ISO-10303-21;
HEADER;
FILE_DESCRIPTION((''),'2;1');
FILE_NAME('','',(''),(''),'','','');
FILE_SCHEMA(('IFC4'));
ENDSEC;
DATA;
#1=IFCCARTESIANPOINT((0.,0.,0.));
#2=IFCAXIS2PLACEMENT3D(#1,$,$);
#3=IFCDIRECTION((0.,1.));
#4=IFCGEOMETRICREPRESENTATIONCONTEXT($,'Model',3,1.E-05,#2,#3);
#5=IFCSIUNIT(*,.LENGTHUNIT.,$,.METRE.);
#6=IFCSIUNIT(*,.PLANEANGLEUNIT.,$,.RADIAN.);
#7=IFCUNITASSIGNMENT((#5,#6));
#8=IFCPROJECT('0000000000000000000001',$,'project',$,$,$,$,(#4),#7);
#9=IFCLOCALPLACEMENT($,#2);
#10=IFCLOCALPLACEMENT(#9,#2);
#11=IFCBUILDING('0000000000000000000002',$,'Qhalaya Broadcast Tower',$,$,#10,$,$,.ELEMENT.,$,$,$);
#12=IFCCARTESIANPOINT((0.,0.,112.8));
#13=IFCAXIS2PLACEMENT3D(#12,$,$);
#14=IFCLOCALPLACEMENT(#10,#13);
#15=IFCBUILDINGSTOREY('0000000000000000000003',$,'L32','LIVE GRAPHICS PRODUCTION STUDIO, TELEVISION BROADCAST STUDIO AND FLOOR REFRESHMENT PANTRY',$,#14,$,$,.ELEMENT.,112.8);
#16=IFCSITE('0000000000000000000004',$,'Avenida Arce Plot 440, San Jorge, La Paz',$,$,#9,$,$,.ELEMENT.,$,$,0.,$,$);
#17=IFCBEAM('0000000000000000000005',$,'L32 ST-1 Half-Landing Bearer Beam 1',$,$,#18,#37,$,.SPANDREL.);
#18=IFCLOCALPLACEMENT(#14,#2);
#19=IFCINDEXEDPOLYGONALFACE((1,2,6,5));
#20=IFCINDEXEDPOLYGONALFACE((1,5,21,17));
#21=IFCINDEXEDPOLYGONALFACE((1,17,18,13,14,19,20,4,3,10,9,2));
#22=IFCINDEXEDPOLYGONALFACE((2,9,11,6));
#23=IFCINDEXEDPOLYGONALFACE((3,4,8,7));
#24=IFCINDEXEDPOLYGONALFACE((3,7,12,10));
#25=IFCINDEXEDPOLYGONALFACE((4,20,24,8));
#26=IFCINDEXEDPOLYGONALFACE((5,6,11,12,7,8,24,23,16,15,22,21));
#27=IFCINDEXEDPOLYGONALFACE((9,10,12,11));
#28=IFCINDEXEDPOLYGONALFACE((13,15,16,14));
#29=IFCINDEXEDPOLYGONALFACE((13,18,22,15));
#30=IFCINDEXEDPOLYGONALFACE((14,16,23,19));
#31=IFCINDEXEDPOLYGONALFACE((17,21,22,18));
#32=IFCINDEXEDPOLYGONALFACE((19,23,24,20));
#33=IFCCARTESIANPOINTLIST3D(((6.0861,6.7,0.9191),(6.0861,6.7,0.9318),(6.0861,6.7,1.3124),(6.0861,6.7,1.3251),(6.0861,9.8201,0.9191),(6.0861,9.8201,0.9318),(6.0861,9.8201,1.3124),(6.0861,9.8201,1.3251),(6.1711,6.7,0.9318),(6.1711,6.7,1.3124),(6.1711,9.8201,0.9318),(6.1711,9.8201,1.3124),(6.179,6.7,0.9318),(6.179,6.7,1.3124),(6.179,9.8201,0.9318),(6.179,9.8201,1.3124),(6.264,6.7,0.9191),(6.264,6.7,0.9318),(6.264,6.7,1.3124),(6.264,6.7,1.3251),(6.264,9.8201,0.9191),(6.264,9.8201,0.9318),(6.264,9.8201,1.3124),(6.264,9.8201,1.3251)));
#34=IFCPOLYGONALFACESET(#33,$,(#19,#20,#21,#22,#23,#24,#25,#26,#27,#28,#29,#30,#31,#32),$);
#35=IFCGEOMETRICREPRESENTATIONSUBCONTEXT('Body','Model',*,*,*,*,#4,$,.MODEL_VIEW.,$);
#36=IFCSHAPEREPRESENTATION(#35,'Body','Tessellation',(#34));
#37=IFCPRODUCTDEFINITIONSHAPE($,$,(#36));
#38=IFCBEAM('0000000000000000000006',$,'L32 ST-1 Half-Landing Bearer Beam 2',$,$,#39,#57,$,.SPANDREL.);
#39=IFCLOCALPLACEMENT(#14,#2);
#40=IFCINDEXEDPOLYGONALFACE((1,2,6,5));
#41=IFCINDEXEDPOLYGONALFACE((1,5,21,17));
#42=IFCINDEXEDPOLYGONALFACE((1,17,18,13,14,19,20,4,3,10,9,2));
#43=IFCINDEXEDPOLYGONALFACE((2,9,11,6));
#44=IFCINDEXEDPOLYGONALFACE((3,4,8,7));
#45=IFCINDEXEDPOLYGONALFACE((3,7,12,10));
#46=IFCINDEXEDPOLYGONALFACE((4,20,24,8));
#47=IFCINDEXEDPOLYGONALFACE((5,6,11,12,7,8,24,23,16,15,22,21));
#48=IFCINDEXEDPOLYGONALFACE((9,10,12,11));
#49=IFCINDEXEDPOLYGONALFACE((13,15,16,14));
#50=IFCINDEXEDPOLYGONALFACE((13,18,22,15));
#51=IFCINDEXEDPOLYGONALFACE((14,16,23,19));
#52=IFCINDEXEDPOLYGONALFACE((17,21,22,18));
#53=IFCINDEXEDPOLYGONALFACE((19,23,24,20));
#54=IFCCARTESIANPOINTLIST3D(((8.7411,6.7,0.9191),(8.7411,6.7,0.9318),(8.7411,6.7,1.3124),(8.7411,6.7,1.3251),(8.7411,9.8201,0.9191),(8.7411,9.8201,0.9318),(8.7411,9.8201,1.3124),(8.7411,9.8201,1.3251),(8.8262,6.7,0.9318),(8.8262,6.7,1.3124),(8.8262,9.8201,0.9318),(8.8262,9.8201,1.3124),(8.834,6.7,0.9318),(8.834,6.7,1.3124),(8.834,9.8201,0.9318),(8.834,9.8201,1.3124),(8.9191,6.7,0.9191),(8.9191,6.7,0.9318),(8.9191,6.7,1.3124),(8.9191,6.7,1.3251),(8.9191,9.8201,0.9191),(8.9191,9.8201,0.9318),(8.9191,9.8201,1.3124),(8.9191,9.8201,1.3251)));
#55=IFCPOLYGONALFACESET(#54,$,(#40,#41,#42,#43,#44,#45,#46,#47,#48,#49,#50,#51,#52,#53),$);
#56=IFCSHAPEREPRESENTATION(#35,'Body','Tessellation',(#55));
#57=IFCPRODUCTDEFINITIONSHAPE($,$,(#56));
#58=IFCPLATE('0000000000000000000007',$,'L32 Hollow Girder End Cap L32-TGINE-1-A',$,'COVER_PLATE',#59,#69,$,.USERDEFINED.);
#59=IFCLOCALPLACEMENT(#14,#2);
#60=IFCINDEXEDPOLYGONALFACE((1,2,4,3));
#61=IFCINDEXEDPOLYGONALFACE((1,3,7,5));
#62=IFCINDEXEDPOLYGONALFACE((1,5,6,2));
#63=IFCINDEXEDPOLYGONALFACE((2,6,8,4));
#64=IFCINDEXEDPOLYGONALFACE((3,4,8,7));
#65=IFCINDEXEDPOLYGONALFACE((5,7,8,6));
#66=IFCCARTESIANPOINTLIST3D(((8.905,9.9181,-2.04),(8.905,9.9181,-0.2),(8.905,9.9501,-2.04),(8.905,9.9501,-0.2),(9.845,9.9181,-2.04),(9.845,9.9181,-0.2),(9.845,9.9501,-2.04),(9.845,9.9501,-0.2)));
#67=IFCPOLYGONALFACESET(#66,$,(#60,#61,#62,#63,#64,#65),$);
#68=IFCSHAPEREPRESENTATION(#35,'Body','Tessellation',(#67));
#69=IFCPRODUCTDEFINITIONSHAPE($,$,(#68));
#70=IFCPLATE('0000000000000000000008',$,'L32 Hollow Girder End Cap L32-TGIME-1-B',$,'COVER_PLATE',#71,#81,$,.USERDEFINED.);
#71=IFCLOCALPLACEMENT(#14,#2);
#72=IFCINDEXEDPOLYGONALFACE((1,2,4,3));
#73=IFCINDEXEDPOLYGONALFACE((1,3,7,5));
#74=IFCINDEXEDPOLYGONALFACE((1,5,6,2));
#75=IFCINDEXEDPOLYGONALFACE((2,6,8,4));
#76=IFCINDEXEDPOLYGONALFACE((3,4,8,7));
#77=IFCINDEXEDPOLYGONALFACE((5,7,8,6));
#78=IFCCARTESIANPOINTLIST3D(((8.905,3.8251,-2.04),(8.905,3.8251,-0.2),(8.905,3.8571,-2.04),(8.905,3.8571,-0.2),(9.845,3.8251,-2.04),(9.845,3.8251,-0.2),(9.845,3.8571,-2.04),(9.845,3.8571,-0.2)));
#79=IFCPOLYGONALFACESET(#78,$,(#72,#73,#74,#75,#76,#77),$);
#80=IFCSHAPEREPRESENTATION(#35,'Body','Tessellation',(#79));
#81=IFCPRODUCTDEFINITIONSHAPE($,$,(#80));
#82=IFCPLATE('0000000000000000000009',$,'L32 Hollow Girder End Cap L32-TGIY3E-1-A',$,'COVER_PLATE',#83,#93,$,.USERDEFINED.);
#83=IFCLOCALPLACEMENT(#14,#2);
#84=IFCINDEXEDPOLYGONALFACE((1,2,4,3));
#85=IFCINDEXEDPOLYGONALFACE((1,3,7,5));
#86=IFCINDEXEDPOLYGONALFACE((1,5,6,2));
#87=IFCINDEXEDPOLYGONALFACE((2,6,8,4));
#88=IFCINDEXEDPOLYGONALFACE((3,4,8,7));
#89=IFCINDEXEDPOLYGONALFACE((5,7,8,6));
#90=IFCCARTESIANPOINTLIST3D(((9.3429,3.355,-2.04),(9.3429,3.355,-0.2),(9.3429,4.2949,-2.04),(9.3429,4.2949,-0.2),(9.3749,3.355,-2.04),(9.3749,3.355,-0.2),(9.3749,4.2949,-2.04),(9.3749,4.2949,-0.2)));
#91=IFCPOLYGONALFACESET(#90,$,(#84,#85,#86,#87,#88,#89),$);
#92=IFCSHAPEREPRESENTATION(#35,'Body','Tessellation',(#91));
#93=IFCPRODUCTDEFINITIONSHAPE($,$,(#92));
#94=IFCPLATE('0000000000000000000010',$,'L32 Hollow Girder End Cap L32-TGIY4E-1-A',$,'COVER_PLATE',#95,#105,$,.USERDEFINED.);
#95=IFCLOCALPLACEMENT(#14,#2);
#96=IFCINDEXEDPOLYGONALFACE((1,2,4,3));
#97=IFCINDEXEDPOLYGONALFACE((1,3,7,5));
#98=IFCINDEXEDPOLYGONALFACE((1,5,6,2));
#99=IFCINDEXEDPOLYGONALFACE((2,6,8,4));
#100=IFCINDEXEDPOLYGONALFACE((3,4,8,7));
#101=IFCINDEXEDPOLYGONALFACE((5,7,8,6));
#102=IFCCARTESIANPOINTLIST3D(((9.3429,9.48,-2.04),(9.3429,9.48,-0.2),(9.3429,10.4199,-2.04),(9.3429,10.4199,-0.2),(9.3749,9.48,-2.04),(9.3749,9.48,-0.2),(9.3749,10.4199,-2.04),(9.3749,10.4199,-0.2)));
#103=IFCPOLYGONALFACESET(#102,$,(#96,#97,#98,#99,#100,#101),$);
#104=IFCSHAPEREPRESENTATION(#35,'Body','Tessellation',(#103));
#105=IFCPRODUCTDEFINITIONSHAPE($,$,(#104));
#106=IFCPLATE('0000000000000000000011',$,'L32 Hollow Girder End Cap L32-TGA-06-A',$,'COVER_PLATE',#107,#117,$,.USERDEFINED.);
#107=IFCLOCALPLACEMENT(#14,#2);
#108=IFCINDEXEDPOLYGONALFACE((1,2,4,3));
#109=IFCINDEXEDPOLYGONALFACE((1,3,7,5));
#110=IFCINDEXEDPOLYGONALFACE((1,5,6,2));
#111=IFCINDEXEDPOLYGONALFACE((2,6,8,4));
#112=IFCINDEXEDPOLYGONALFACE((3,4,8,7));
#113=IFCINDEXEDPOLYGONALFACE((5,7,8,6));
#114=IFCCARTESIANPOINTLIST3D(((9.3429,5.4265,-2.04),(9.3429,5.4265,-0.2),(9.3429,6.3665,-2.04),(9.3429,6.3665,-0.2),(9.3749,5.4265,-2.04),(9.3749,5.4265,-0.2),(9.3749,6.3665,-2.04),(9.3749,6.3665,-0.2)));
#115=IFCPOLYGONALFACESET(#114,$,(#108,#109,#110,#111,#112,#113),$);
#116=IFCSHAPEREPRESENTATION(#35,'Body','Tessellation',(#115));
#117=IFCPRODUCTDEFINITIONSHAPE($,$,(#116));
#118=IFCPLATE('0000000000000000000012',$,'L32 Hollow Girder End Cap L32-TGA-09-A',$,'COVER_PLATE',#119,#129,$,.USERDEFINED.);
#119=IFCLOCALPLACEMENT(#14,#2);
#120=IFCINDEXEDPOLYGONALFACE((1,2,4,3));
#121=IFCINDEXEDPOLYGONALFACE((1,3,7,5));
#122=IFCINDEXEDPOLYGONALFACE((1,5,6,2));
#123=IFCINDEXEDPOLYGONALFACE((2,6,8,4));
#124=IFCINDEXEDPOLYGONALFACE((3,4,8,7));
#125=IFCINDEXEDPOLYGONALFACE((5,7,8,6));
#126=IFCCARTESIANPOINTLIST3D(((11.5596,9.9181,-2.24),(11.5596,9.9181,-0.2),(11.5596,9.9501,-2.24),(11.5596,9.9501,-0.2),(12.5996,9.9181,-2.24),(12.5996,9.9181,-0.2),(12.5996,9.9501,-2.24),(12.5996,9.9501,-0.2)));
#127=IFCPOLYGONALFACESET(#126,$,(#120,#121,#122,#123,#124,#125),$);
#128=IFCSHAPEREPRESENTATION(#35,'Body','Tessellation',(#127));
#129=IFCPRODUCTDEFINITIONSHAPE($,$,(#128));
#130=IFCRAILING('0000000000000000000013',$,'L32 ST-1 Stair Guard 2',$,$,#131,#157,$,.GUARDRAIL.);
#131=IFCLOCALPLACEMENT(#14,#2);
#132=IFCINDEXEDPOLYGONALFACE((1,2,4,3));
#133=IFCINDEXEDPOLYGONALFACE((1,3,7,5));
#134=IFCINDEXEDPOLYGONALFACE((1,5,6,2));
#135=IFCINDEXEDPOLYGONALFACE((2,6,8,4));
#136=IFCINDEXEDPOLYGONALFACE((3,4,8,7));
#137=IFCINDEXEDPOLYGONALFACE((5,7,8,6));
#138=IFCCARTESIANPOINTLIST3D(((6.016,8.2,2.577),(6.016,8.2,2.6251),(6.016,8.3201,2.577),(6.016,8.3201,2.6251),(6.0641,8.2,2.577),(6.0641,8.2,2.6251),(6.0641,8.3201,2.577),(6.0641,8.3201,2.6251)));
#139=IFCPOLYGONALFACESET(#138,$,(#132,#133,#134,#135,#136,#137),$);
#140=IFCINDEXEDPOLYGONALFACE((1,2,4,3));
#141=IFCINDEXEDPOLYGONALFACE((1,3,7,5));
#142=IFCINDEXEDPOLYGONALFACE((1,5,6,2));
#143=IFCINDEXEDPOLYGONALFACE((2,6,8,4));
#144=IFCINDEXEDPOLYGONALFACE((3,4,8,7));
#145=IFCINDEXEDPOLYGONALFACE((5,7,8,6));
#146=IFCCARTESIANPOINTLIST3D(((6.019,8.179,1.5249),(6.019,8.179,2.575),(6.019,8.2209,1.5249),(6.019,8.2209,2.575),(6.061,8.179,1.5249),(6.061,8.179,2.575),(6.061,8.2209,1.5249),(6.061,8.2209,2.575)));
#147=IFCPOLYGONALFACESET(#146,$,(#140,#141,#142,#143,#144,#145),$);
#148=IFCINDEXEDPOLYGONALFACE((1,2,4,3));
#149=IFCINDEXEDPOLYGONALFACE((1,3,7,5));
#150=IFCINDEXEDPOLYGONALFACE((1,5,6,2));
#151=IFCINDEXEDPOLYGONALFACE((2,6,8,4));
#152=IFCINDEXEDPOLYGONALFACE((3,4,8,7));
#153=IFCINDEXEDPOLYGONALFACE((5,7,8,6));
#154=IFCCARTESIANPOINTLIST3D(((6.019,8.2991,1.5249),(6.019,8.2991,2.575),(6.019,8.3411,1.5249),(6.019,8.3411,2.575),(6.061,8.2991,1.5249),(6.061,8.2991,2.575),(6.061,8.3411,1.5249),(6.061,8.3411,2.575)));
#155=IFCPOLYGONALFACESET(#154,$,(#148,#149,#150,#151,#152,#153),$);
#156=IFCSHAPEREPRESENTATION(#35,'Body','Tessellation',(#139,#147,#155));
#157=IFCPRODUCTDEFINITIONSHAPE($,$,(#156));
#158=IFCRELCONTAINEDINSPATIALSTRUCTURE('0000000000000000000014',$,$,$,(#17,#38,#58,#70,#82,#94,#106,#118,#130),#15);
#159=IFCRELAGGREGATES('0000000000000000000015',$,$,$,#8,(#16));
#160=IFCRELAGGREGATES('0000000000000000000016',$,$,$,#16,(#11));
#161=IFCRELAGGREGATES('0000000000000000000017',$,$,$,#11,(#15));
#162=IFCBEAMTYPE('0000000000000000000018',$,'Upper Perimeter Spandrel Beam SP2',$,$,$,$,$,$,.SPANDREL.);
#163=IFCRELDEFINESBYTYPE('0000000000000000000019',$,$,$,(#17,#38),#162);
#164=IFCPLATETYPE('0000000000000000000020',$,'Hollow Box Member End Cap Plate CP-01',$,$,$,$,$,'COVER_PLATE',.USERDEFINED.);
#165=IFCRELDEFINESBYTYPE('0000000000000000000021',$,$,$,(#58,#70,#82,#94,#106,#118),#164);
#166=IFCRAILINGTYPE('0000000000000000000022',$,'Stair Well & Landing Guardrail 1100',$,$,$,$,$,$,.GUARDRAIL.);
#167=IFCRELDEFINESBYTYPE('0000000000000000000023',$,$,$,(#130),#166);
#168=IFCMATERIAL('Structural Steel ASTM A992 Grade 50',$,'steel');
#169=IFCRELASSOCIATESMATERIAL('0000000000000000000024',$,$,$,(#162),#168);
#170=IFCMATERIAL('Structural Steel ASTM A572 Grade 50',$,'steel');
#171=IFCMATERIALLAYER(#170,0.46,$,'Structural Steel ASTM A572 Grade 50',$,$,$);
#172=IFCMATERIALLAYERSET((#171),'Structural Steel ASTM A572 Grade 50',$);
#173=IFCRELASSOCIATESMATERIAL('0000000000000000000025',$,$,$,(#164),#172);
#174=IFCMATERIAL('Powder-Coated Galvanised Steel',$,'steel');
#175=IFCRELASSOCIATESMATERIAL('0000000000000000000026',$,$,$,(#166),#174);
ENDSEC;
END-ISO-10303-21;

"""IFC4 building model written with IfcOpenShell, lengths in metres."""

from ifc_helpers import new_model, si_unit, direction, frame, origin, origin_2d, place, context, subcontext, project, spatial, rectangle, i_section, extrude, material, layer, layer_set, material_profile, profile_set, type_object, element, save


model = new_model("IFC4")

# Units and contexts
model_context = context("Model", 3, precision=1e-05, world=origin(), true_north=direction((0.0, 1.0)))
body_context = subcontext(model_context, "Body", "Model", "MODEL_VIEW")
ifc_project = project(units=[si_unit("LENGTHUNIT", "METRE"), si_unit("PLANEANGLEUNIT", "RADIAN")], contexts=[model_context])

# Site, building, storey
site_placement = place(None, origin())
site = spatial("IfcSite", under=ifc_project, at=site_placement, Name="Avenida Arce Plot 440, San Jorge, La Paz", CompositionType="ELEMENT", RefElevation=0.0)
building_placement = place(site_placement, origin())
building = spatial("IfcBuilding", under=site, at=building_placement, Name="Qhalaya Broadcast Tower", CompositionType="ELEMENT")
storey_placement = place(building_placement, frame((0.0, 0.0, 112.8)))
storey = spatial("IfcBuildingStorey", under=building, at=storey_placement, Name="L32", Description="LIVE GRAPHICS PRODUCTION STUDIO, TELEVISION BROADCAST STUDIO AND FLOOR REFRESHMENT PANTRY", CompositionType="ELEMENT", Elevation=112.8)

# Beams
ifc_material_1 = material(Name="Structural Steel ASTM A572 Grade 50", Category="steel")
ifc_material_2 = material(Name="Structural Steel ASTM A992 Grade 50", Category="steel")
ifc_material_profile_1 = material_profile(ifc_material_2, i_section(OverallWidth=0.178, OverallDepth=0.406, WebThickness=0.0078, FlangeThickness=0.0127, at=origin_2d()), Name="W16X40")
ifc_profile_set_1 = profile_set([ifc_material_profile_1], Name="Structural Steel ASTM A992 Grade 50")
beam_type_1 = type_object("IfcBeamType", Name="Upper Perimeter Spandrel Beam SP2", PredefinedType="SPANDREL", material=ifc_profile_set_1)
for number, where, z_axis, x_axis, name in (
    (1, (6.175, 6.7, 1.1221), (0.0, 1.0, 0.0), (-1.0, 0.0, 0.0), "L32 ST-1 Half-Landing Bearer Beam 1"),
    (2, (8.8301, 6.7, 1.1221), (0.0, 1.0, 0.0), (-1.0, 0.0, 0.0), "L32 ST-1 Half-Landing Bearer Beam 2"),
):
    element("IfcBeam", number, at=place(storey_placement, frame(where, z_axis=z_axis, x_axis=x_axis)), inside=storey, type_object=beam_type_1, Name=name, PredefinedType="SPANDREL", context=body_context, shape_type="SweptSolid", body=[
        extrude(i_section(OverallWidth=0.178, OverallDepth=0.406, WebThickness=0.0078, FlangeThickness=0.0127, at=origin_2d()), origin(), (0.0, 0.0, 1.0), 3.1201),
    ])

# Plates
ifc_layer = layer(ifc_material_1, 0.46, Name="Structural Steel ASTM A572 Grade 50")
ifc_layer_set = layer_set([ifc_layer], Name="Structural Steel ASTM A572 Grade 50")
plate_type = type_object("IfcPlateType", Name="Hollow Box Member End Cap Plate CP-01", ElementType="COVER_PLATE", PredefinedType="USERDEFINED", material=ifc_layer_set)
for number, where, z_axis, x_axis, name in (
    (3, (9.375, 9.9341, -2.04), (0.0, 0.0, 1.0), (-1.0, 0.0, 0.0), "L32 Hollow Girder End Cap L32-TGINE-1-A"),
    (4, (9.375, 3.8411, -2.04), (0.0, 0.0, 1.0), (-1.0, 0.0, 0.0), "L32 Hollow Girder End Cap L32-TGIME-1-B"),
    (5, (9.3589, 3.825, -2.04), (0.0, 0.0, 1.0), (0.0, 1.0, 0.0), "L32 Hollow Girder End Cap L32-TGIY3E-1-A"),
    (6, (9.3589, 9.95, -2.04), (0.0, 0.0, 1.0), (0.0, 1.0, 0.0), "L32 Hollow Girder End Cap L32-TGIY4E-1-A"),
    (7, (9.3589, 5.8965, -2.04), (0.0, 0.0, 1.0), (0.0, 1.0, 0.0), "L32 Hollow Girder End Cap L32-TGA-06-A"),
):
    element("IfcPlate", number, at=place(storey_placement, frame(where, z_axis=z_axis, x_axis=x_axis)), inside=storey, type_object=plate_type, Name=name, ObjectType="COVER_PLATE", PredefinedType="USERDEFINED", context=body_context, shape_type="SweptSolid", body=[
        extrude(rectangle(XDim=0.9399, YDim=0.032, at=origin_2d()), origin(), (0.0, 0.0, 1.0), 1.8401),
    ])
plate_placement = place(storey_placement, frame((12.0796, 9.9341, -2.24), z_axis=(0.0, 0.0, 1.0), x_axis=(-1.0, 0.0, 0.0)))
element("IfcPlate", 8, at=plate_placement, inside=storey, type_object=plate_type, Name="L32 Hollow Girder End Cap L32-TGA-09-A", ObjectType="COVER_PLATE", PredefinedType="USERDEFINED", context=body_context, shape_type="SweptSolid", body=[
    extrude(rectangle(XDim=1.04, YDim=0.032, at=origin_2d()), origin(), (0.0, 0.0, 1.0), 2.04),
])

# Railing
ifc_material_3 = material(Name="Powder-Coated Galvanised Steel", Category="steel")
railing_type = type_object("IfcRailingType", Name="Stair Well & Landing Guardrail 1100", PredefinedType="GUARDRAIL", material=ifc_material_3)
railing_placement = place(storey_placement, frame((6.04, 8.2, 1.5249)))
element("IfcRailing", 9, at=railing_placement, inside=storey, type_object=railing_type, Name="L32 ST-1 Stair Guard 2", PredefinedType="GUARDRAIL", context=body_context, shape_type="SweptSolid", body=[
    extrude(rectangle(XDim=0.0481, YDim=0.0481, at=origin_2d()), frame((0.0, 0.0, 1.0762), z_axis=(0.0, 1.0, 0.0), x_axis=(-1.0, 0.0, 0.0)), (0.0, 0.0, 1.0), 0.1201),
    extrude(rectangle(XDim=0.042, YDim=0.042, at=origin_2d()), origin(), (0.0, 0.0, 1.0), 1.05),
    extrude(rectangle(XDim=0.042, YDim=0.042, at=origin_2d()), frame((0.0, 0.1201, 0.0)), (0.0, 0.0, 1.0), 1.05),
])

save(model, "model.ifc")
